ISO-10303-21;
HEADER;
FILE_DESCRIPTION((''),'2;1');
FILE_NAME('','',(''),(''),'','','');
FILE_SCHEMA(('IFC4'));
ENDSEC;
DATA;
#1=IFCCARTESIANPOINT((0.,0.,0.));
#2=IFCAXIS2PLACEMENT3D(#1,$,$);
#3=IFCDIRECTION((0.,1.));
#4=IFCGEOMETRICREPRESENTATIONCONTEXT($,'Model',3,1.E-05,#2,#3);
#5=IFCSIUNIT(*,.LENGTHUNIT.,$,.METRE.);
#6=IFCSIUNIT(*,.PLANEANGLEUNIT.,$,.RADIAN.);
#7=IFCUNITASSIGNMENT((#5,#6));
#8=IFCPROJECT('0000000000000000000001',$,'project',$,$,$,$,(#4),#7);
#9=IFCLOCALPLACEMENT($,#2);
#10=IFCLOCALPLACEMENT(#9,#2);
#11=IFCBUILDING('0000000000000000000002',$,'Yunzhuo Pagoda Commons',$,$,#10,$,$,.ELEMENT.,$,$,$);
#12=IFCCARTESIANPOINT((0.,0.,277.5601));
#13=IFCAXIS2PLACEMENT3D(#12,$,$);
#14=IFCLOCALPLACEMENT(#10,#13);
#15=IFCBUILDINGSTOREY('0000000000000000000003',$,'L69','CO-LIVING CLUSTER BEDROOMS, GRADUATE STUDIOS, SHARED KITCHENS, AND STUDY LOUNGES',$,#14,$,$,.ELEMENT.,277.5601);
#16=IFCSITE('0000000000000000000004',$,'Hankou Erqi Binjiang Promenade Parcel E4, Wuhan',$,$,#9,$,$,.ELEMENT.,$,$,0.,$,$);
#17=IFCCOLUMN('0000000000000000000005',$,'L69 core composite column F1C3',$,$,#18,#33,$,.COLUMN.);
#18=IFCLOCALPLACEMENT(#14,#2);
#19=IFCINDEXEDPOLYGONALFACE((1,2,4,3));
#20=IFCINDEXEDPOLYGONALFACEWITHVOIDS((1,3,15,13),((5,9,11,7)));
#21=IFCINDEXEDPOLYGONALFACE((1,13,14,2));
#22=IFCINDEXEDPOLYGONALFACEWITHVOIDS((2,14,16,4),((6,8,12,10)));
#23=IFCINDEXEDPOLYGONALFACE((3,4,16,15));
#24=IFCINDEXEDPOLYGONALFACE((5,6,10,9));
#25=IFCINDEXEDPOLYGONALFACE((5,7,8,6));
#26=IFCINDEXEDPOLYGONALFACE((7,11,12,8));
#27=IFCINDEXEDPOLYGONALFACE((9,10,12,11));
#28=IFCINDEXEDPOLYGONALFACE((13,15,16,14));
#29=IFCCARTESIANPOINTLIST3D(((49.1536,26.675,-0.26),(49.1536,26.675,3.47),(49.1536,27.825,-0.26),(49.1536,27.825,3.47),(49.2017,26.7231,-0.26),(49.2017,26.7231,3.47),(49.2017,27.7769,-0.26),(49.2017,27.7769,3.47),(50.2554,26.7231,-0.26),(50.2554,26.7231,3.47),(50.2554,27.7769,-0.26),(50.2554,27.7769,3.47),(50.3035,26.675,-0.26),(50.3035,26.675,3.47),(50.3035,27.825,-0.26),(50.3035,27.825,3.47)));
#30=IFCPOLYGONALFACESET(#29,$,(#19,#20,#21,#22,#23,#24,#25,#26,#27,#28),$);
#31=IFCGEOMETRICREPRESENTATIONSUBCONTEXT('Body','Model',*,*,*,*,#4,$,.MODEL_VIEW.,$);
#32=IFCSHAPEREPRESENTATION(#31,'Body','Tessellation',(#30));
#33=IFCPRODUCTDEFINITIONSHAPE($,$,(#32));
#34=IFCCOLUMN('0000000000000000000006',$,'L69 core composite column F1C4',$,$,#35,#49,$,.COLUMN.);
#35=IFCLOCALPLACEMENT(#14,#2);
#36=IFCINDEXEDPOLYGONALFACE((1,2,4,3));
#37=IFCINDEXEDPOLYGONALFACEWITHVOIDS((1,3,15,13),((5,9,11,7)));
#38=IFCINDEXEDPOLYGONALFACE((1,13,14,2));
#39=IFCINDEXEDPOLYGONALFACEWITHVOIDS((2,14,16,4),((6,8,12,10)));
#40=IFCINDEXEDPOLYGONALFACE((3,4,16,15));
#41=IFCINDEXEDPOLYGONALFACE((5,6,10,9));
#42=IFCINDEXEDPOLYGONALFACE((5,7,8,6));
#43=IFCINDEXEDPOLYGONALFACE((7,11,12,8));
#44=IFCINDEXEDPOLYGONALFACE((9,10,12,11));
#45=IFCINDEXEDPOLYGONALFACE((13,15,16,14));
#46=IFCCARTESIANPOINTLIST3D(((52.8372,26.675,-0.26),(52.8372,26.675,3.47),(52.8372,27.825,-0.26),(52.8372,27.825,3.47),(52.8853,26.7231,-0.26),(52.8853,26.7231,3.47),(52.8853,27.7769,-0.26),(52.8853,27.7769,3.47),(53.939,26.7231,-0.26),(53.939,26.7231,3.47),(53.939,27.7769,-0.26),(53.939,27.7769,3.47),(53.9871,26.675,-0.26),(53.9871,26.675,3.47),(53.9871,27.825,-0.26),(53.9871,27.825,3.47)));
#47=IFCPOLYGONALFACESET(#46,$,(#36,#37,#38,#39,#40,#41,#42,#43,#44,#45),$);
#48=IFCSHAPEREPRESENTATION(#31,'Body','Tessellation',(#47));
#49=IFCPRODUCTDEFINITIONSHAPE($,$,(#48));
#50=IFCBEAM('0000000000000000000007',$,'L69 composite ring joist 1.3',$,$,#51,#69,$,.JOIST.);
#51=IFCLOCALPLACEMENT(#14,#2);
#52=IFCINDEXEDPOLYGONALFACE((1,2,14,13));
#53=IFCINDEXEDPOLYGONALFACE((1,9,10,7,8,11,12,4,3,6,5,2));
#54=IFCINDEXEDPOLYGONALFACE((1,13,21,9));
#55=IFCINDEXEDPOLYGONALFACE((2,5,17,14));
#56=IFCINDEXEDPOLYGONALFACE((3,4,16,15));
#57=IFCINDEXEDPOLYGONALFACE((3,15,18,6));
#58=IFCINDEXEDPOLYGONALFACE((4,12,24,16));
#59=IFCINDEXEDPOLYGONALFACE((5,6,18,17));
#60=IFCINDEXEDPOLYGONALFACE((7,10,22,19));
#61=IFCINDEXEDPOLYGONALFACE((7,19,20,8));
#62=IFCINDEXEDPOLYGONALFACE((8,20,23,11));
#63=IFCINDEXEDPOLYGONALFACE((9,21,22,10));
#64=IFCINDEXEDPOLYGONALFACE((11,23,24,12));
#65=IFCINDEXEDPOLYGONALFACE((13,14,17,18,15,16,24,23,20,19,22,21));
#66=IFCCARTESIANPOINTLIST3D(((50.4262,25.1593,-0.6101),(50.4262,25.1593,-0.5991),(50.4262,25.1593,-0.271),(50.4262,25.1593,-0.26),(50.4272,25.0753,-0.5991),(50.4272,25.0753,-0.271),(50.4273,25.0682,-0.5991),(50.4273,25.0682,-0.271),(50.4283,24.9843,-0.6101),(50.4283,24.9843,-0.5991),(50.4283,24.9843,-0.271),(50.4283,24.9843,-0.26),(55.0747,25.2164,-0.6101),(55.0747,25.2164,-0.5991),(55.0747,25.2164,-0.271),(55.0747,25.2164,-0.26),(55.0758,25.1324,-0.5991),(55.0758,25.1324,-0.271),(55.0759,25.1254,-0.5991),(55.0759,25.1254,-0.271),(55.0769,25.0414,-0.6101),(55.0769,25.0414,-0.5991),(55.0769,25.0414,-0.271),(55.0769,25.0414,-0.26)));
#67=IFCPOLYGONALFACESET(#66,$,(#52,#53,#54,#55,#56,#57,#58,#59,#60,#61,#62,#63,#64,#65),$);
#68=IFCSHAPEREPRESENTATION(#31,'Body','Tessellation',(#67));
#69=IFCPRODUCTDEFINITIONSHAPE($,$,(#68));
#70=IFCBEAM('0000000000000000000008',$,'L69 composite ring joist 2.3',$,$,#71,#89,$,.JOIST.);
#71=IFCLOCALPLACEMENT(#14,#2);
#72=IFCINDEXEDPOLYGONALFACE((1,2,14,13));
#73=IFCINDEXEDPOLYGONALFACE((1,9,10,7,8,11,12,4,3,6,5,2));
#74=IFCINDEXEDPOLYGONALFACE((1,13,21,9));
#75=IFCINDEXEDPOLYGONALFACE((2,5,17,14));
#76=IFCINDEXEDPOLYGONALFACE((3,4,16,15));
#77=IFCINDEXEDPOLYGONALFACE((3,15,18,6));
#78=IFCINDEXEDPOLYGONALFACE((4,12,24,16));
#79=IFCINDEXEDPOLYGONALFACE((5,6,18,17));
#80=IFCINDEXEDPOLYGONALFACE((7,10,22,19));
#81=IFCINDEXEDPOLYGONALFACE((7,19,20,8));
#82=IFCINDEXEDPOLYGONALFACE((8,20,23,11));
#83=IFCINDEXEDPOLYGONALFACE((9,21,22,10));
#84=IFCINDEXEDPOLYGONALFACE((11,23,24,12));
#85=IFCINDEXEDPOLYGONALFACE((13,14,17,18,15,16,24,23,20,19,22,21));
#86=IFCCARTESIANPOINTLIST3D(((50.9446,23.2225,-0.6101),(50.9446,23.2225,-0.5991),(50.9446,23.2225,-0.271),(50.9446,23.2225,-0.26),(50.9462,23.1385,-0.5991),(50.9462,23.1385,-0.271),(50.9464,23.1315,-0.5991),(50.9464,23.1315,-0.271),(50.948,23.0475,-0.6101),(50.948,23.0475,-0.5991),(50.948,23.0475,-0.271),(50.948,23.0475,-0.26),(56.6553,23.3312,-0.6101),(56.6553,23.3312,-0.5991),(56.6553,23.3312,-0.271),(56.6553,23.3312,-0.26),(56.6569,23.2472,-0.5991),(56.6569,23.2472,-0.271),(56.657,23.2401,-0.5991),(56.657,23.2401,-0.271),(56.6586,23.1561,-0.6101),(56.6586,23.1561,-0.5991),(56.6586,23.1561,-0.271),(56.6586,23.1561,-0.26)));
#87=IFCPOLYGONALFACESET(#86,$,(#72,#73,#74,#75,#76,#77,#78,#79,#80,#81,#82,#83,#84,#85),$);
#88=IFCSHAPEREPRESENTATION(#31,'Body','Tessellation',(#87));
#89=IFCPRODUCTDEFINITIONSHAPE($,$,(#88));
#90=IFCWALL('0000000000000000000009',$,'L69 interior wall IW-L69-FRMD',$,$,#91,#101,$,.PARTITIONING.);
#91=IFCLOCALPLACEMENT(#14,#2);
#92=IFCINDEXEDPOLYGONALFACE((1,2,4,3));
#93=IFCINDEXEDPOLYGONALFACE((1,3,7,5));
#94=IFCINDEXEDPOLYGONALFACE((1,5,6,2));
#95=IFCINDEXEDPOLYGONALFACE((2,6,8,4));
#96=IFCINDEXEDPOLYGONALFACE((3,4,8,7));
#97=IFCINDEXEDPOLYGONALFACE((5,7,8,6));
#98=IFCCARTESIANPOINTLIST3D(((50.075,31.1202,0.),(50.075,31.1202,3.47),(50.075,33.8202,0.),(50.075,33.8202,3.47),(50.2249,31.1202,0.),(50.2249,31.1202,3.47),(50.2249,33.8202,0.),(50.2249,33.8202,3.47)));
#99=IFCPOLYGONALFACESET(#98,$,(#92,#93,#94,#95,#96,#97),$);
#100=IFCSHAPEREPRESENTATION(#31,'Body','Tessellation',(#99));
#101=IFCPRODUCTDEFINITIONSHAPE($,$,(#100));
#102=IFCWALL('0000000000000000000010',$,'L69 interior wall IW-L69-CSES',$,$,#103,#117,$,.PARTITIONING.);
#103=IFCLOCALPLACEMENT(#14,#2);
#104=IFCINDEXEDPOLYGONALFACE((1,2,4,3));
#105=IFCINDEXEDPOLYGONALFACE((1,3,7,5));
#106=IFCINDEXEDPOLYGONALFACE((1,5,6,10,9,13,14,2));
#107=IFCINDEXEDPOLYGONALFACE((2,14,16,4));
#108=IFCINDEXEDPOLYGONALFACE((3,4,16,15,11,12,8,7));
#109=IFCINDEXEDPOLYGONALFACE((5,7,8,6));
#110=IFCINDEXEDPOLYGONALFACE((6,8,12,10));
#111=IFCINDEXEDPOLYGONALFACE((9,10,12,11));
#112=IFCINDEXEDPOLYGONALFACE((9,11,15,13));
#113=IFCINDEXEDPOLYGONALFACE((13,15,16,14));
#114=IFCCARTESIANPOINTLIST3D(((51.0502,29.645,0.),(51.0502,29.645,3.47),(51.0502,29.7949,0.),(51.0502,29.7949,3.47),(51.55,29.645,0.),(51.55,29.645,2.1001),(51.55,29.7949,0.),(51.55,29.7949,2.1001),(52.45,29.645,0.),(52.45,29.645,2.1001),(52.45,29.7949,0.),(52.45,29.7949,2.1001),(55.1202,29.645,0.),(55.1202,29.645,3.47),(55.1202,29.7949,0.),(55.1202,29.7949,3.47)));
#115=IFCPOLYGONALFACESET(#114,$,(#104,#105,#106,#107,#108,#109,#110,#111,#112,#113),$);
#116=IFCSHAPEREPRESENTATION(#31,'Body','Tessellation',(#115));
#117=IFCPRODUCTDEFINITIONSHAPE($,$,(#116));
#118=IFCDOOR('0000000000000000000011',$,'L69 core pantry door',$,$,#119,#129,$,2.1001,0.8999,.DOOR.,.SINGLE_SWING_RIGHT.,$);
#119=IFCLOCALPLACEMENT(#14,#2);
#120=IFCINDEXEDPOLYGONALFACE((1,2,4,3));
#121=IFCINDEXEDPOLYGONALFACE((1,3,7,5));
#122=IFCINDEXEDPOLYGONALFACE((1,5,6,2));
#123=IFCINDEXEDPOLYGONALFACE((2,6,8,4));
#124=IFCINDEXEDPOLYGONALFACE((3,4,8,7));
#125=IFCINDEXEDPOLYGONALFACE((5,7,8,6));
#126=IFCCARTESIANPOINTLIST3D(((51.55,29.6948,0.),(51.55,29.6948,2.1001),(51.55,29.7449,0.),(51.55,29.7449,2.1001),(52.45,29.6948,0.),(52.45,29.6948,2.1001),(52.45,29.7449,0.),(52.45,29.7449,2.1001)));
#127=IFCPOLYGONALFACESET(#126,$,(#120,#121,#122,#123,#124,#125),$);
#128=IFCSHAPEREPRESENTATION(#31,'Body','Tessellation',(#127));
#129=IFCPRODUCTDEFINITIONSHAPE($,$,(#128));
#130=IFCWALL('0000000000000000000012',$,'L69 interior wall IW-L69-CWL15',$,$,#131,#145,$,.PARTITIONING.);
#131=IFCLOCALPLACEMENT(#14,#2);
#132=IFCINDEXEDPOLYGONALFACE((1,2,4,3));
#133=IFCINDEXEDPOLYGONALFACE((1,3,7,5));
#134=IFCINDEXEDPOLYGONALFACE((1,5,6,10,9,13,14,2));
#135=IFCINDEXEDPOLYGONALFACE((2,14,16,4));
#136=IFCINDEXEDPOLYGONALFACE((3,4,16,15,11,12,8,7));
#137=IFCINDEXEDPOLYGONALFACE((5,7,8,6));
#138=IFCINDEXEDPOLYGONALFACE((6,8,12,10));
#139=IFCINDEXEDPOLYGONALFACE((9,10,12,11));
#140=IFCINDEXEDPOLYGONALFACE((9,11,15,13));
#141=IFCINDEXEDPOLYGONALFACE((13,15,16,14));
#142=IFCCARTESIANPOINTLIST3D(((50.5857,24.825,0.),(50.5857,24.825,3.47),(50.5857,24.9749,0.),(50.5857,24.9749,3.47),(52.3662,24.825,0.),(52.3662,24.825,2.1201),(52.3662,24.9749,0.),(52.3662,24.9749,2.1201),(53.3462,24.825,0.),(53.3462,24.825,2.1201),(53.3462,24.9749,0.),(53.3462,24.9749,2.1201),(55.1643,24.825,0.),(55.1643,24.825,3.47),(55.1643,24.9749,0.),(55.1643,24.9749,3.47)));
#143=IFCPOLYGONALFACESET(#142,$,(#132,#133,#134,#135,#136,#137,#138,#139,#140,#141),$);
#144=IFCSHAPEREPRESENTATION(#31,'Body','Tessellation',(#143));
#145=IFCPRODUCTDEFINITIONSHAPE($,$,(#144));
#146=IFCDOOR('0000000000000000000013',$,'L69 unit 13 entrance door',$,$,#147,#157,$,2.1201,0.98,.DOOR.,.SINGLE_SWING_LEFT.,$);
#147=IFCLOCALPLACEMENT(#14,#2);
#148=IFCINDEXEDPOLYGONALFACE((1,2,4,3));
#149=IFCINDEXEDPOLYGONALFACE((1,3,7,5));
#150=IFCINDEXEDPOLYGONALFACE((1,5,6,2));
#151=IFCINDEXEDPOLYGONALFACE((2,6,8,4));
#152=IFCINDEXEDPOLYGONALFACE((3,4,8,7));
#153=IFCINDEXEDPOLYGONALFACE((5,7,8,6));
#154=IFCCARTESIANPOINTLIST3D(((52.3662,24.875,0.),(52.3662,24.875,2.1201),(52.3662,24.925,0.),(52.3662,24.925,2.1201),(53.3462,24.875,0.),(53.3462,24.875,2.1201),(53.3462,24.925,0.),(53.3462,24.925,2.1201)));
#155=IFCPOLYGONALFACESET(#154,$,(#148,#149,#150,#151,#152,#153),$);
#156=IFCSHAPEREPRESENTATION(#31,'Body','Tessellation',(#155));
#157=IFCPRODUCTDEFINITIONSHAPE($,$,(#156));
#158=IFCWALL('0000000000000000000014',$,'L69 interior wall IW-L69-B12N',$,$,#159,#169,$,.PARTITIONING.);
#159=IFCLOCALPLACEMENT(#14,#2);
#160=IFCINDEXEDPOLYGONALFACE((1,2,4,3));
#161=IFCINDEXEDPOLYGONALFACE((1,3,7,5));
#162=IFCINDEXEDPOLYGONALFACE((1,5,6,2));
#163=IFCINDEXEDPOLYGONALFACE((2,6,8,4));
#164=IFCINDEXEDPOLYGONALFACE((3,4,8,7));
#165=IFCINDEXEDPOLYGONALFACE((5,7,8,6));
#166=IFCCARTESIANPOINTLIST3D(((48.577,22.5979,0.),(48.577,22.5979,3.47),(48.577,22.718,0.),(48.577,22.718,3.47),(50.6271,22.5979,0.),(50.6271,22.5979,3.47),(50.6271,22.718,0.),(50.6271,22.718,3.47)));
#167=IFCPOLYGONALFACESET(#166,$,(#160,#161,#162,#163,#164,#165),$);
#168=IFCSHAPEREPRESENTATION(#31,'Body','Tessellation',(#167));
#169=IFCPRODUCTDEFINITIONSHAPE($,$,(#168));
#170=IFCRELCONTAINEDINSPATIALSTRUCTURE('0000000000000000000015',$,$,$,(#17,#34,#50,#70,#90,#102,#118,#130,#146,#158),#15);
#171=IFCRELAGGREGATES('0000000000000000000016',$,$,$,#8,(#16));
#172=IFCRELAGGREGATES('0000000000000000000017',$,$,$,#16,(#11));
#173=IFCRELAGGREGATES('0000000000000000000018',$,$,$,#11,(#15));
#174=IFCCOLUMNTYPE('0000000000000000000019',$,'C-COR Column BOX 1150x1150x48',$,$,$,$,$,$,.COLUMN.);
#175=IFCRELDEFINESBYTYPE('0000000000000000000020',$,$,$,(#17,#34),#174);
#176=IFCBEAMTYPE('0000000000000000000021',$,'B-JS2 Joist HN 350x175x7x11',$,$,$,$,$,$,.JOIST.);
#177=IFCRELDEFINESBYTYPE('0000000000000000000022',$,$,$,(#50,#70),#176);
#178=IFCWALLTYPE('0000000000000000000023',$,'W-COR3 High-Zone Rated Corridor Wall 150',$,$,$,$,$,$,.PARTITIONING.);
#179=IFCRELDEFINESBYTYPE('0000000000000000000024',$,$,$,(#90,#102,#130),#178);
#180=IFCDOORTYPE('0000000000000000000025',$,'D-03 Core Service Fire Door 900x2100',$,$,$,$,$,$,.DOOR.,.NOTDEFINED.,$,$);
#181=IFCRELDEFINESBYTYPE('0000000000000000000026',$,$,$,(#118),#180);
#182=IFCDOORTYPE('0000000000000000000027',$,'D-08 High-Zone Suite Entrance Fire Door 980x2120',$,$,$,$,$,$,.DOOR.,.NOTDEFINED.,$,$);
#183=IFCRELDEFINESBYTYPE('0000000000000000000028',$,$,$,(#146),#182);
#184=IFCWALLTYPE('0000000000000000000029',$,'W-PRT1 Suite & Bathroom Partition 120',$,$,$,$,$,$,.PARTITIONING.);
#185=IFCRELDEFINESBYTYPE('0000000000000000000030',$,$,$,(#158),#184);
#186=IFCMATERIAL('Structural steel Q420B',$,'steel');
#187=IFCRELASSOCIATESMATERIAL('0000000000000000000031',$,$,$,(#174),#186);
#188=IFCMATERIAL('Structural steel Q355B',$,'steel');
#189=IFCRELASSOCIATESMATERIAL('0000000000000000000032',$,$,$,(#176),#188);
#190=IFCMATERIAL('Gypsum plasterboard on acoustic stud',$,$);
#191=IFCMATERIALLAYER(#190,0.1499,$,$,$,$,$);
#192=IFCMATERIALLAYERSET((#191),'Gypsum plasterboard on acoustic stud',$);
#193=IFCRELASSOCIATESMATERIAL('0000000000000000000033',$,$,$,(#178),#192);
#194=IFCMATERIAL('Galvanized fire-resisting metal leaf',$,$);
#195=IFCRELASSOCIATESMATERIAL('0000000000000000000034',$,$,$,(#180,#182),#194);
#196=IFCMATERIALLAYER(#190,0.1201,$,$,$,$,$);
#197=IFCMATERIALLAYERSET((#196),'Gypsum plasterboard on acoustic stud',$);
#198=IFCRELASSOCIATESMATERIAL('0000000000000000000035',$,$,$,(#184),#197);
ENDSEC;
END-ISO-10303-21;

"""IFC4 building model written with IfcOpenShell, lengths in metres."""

from ifc_helpers import new_model, si_unit, direction, frame, frame_2d, origin, origin_with_axes, origin_2d, place, context, subcontext, project, spatial, rectangle, hollow_rectangle, i_section, extrude, source, transform, mapped, material, layer, layer_set, material_profile, profile_set, type_object, element, fill, save


model = new_model("IFC4")

# Units and contexts
model_context = context("Model", 3, precision=1e-05, world=origin(), true_north=direction((0.0, 1.0)))
body_context = subcontext(model_context, "Body", "Model", "MODEL_VIEW")
ifc_project = project(units=[si_unit("LENGTHUNIT", "METRE"), si_unit("PLANEANGLEUNIT", "RADIAN")], contexts=[model_context])

# Site, building, storey
site_placement = place(None, origin())
site = spatial("IfcSite", under=ifc_project, at=site_placement, Name="Hankou Erqi Binjiang Promenade Parcel E4, Wuhan", CompositionType="ELEMENT", RefElevation=0.0)
building_placement = place(site_placement, origin())
building = spatial("IfcBuilding", under=site, at=building_placement, Name="Yunzhuo Pagoda Commons", CompositionType="ELEMENT")
storey_placement = place(building_placement, frame((0.0, 0.0, 277.5601)))
storey = spatial("IfcBuildingStorey", under=building, at=storey_placement, Name="L69", Description="CO-LIVING CLUSTER BEDROOMS, GRADUATE STUDIOS, SHARED KITCHENS, AND STUDY LOUNGES", CompositionType="ELEMENT", Elevation=277.5601)

# Columns
ifc_material_1 = material(Name="Structural steel Q420B", Category="steel")
ifc_material_profile_1 = material_profile(ifc_material_1, hollow_rectangle(XDim=1.1499, YDim=1.1499, WallThickness=0.0481, at=origin_2d()), Name="Structural steel Q420B")
ifc_profile_set_1 = profile_set([ifc_material_profile_1], Name="Structural steel Q420B")
column_type = type_object("IfcColumnType", Name="C-COR Column BOX 1150x1150x48", PredefinedType="COLUMN", material=ifc_profile_set_1)
shared_shape_1 = source(origin(), body_context, "Body", "SweptSolid", [
    extrude(hollow_rectangle(XDim=1.1499, YDim=1.1499, WallThickness=0.0481, at=origin_2d()), origin(), (0.0, 0.0, 1.0), 3.73),
])
for number, where, z_axis, x_axis, name in (
    (1, (49.7285, 27.25, -0.26), (0.0, 0.0, 1.0), (1.0, 0.0, 0.0), "L69 core composite column F1C3"),
    (2, (53.4121, 27.25, -0.26), (0.0, 0.0, 1.0), (1.0, 0.0, 0.0), "L69 core composite column F1C4"),
):
    element("IfcColumn", number, at=place(storey_placement, frame(where, z_axis=z_axis, x_axis=x_axis)), inside=storey, type_object=column_type, Name=name, PredefinedType="COLUMN", context=body_context, shape_type="MappedRepresentation", body=[
        mapped(shared_shape_1, transform((0.0, 0.0, 0.0), scale=1.0)),
    ])

# Beams
ifc_material_2 = material(Name="Structural steel Q355B", Category="steel")
ifc_material_profile_2 = material_profile(ifc_material_2, i_section(OverallWidth=0.175, OverallDepth=0.3501, WebThickness=0.0071, FlangeThickness=0.011, at=origin_2d()), Name="Structural steel Q355B")
ifc_profile_set_2 = profile_set([ifc_material_profile_2], Name="Structural steel Q355B")
beam_type = type_object("IfcBeamType", Name="B-JS2 Joist HN 350x175x7x11", PredefinedType="JOIST", material=ifc_profile_set_2)
shared_shape_2 = source(origin(), body_context, "Body", "SweptSolid", [
    extrude(i_section(OverallWidth=0.175, OverallDepth=0.3501, WebThickness=0.0071, FlangeThickness=0.011, at=origin_2d()), origin(), (0.0, 0.0, 1.0), 4.6489),
])
beam_1_placement = place(storey_placement, frame((50.4272, 25.0718, -0.4351), z_axis=(0.999924, 0.012288, 0.0), x_axis=(-0.012288, 0.999924, 0.0)))
element("IfcBeam", 3, at=beam_1_placement, inside=storey, type_object=beam_type, Name="L69 composite ring joist 1.3", PredefinedType="JOIST", context=body_context, shape_type="MappedRepresentation", body=[
    mapped(shared_shape_2, transform((0.0, 0.0, 0.0), scale=1.0)),
])
shared_shape_3 = source(origin(), body_context, "Body", "SweptSolid", [
    extrude(i_section(OverallWidth=0.175, OverallDepth=0.3501, WebThickness=0.0071, FlangeThickness=0.011, at=origin_2d()), origin(), (0.0, 0.0, 1.0), 5.7117),
])
beam_2_placement = place(storey_placement, frame((50.9463, 23.135, -0.4351), z_axis=(0.999819, 0.019021, 0.0), x_axis=(-0.019021, 0.999819, 0.0)))
element("IfcBeam", 4, at=beam_2_placement, inside=storey, type_object=beam_type, Name="L69 composite ring joist 2.3", PredefinedType="JOIST", context=body_context, shape_type="MappedRepresentation", body=[
    mapped(shared_shape_3, transform((0.0, 0.0, 0.0), scale=1.0)),
])

# Wall
ifc_material_3 = material(Name="Gypsum plasterboard on acoustic stud")
ifc_layer_1 = layer(ifc_material_3, 0.1499)
ifc_layer_set_1 = layer_set([ifc_layer_1], Name="Gypsum plasterboard on acoustic stud")
wall_type_1 = type_object("IfcWallType", Name="W-COR3 High-Zone Rated Corridor Wall 150", PredefinedType="PARTITIONING", material=ifc_layer_set_1)
wall_1_placement = place(storey_placement, frame((50.1499, 31.1201, 0.0), z_axis=(0.0, 0.0, 1.0), x_axis=(0.0, 1.0, 0.0)))
element("IfcWall", 5, at=wall_1_placement, inside=storey, type_object=wall_type_1, Name="L69 interior wall IW-L69-FRMD", PredefinedType="PARTITIONING", context=body_context, shape_type="SweptSolid", body=[
    extrude(rectangle(XDim=2.7, YDim=0.1499, at=frame_2d((1.3501, 0.0))), origin(), (0.0, 0.0, 1.0), 3.47),
])

# Walls, openings, doors
wall_2_placement = place(storey_placement, frame((51.05, 29.72, 0.0), z_axis=(0.0, 0.0, 1.0), x_axis=(1.0, 0.0, 0.0)))
wall_2 = element("IfcWall", 6, at=wall_2_placement, inside=storey, type_object=wall_type_1, Name="L69 interior wall IW-L69-CSES", PredefinedType="PARTITIONING", context=body_context, shape_type="SweptSolid", body=[
    extrude(rectangle(XDim=4.0701, YDim=0.1499, at=frame_2d((2.0352, 0.0))), origin(), (0.0, 0.0, 1.0), 3.47),
])
opening_1_placement = place(wall_2_placement, frame((0.5, 0.0, 0.0)))
opening_1 = element("IfcOpeningElement", 7, at=opening_1_placement, cuts=wall_2, PredefinedType="OPENING", context=body_context, shape_type="SweptSolid", body=[
    extrude(rectangle(XDim=0.8999, YDim=2.1001, at=frame_2d((0.45, 1.05))), frame((0.0, 0.085, 0.0), z_axis=(0.0, -1.0, 0.0), x_axis=(1.0, 0.0, 0.0)), (0.0, 0.0, 1.0), 0.1699),
])
ifc_material_4 = material(Name="Galvanized fire-resisting metal leaf")
door_type_1 = type_object("IfcDoorType", Name="D-03 Core Service Fire Door 900x2100", OperationType="NOTDEFINED", PredefinedType="DOOR", material=ifc_material_4)
shared_shape_4 = source(origin(), body_context, "Body", "SweptSolid", [
    extrude(rectangle(XDim=0.8999, YDim=2.1001, at=frame_2d((0.45, 1.05))), frame((0.0, 0.0249, 0.0), z_axis=(0.0, -1.0, 0.0), x_axis=(1.0, 0.0, 0.0)), (0.0, 0.0, 1.0), 0.05),
])
door_1_placement = place(opening_1_placement, origin_with_axes())
door_1 = element("IfcDoor", 8, at=door_1_placement, inside=storey, type_object=door_type_1, Name="L69 core pantry door", OperationType="SINGLE_SWING_RIGHT", OverallHeight=2.1001, OverallWidth=0.8999, PredefinedType="DOOR", context=body_context, shape_type="MappedRepresentation", body=[
    mapped(shared_shape_4, transform((0.0, 0.0, 0.0), scale=1.0)),
])
fill(opening_1, door_1)
wall_3_placement = place(storey_placement, frame((55.1643, 24.8999, 0.0), z_axis=(0.0, 0.0, 1.0), x_axis=(-1.0, 0.0, 0.0)))
wall_3 = element("IfcWall", 9, at=wall_3_placement, inside=storey, type_object=wall_type_1, Name="L69 interior wall IW-L69-CWL15", PredefinedType="PARTITIONING", context=body_context, shape_type="SweptSolid", body=[
    extrude(rectangle(XDim=4.5786, YDim=0.1499, at=frame_2d((2.2893, 0.0))), origin(), (0.0, 0.0, 1.0), 3.47),
])
opening_2_placement = place(wall_3_placement, frame((1.8181, 0.0, 0.0)))
opening_2 = element("IfcOpeningElement", 10, at=opening_2_placement, cuts=wall_3, PredefinedType="OPENING", context=body_context, shape_type="SweptSolid", body=[
    extrude(rectangle(XDim=0.98, YDim=2.1201, at=frame_2d((0.49, 1.0601))), frame((0.0, 0.085, 0.0), z_axis=(0.0, -1.0, 0.0), x_axis=(1.0, 0.0, 0.0)), (0.0, 0.0, 1.0), 0.1699),
])
door_type_2 = type_object("IfcDoorType", Name="D-08 High-Zone Suite Entrance Fire Door 980x2120", OperationType="NOTDEFINED", PredefinedType="DOOR", material=ifc_material_4)
shared_shape_5 = source(origin(), body_context, "Body", "SweptSolid", [
    extrude(rectangle(XDim=0.98, YDim=2.1201, at=frame_2d((0.49, 1.0601))), frame((0.0, 0.0249, 0.0), z_axis=(0.0, -1.0, 0.0), x_axis=(1.0, 0.0, 0.0)), (0.0, 0.0, 1.0), 0.05),
])
door_2_placement = place(opening_2_placement, origin_with_axes())
door_2 = element("IfcDoor", 11, at=door_2_placement, inside=storey, type_object=door_type_2, Name="L69 unit 13 entrance door", OperationType="SINGLE_SWING_LEFT", OverallHeight=2.1201, OverallWidth=0.98, PredefinedType="DOOR", context=body_context, shape_type="MappedRepresentation", body=[
    mapped(shared_shape_5, transform((0.0, 0.0, 0.0), scale=1.0)),
])
fill(opening_2, door_2)

# Wall
ifc_layer_2 = layer(ifc_material_3, 0.1201)
ifc_layer_set_2 = layer_set([ifc_layer_2], Name="Gypsum plasterboard on acoustic stud")
wall_type_2 = type_object("IfcWallType", Name="W-PRT1 Suite & Bathroom Partition 120", PredefinedType="PARTITIONING", material=ifc_layer_set_2)
wall_4_placement = place(storey_placement, frame((50.627, 22.658, 0.0), z_axis=(0.0, 0.0, 1.0), x_axis=(-1.0, 0.0, 0.0)))
element("IfcWall", 12, at=wall_4_placement, inside=storey, type_object=wall_type_2, Name="L69 interior wall IW-L69-B12N", PredefinedType="PARTITIONING", context=body_context, shape_type="SweptSolid", body=[
    extrude(rectangle(XDim=2.05, YDim=0.1201, at=frame_2d((1.0249, 0.0))), origin(), (0.0, 0.0, 1.0), 3.47),
])

save(model, "model.ifc")
